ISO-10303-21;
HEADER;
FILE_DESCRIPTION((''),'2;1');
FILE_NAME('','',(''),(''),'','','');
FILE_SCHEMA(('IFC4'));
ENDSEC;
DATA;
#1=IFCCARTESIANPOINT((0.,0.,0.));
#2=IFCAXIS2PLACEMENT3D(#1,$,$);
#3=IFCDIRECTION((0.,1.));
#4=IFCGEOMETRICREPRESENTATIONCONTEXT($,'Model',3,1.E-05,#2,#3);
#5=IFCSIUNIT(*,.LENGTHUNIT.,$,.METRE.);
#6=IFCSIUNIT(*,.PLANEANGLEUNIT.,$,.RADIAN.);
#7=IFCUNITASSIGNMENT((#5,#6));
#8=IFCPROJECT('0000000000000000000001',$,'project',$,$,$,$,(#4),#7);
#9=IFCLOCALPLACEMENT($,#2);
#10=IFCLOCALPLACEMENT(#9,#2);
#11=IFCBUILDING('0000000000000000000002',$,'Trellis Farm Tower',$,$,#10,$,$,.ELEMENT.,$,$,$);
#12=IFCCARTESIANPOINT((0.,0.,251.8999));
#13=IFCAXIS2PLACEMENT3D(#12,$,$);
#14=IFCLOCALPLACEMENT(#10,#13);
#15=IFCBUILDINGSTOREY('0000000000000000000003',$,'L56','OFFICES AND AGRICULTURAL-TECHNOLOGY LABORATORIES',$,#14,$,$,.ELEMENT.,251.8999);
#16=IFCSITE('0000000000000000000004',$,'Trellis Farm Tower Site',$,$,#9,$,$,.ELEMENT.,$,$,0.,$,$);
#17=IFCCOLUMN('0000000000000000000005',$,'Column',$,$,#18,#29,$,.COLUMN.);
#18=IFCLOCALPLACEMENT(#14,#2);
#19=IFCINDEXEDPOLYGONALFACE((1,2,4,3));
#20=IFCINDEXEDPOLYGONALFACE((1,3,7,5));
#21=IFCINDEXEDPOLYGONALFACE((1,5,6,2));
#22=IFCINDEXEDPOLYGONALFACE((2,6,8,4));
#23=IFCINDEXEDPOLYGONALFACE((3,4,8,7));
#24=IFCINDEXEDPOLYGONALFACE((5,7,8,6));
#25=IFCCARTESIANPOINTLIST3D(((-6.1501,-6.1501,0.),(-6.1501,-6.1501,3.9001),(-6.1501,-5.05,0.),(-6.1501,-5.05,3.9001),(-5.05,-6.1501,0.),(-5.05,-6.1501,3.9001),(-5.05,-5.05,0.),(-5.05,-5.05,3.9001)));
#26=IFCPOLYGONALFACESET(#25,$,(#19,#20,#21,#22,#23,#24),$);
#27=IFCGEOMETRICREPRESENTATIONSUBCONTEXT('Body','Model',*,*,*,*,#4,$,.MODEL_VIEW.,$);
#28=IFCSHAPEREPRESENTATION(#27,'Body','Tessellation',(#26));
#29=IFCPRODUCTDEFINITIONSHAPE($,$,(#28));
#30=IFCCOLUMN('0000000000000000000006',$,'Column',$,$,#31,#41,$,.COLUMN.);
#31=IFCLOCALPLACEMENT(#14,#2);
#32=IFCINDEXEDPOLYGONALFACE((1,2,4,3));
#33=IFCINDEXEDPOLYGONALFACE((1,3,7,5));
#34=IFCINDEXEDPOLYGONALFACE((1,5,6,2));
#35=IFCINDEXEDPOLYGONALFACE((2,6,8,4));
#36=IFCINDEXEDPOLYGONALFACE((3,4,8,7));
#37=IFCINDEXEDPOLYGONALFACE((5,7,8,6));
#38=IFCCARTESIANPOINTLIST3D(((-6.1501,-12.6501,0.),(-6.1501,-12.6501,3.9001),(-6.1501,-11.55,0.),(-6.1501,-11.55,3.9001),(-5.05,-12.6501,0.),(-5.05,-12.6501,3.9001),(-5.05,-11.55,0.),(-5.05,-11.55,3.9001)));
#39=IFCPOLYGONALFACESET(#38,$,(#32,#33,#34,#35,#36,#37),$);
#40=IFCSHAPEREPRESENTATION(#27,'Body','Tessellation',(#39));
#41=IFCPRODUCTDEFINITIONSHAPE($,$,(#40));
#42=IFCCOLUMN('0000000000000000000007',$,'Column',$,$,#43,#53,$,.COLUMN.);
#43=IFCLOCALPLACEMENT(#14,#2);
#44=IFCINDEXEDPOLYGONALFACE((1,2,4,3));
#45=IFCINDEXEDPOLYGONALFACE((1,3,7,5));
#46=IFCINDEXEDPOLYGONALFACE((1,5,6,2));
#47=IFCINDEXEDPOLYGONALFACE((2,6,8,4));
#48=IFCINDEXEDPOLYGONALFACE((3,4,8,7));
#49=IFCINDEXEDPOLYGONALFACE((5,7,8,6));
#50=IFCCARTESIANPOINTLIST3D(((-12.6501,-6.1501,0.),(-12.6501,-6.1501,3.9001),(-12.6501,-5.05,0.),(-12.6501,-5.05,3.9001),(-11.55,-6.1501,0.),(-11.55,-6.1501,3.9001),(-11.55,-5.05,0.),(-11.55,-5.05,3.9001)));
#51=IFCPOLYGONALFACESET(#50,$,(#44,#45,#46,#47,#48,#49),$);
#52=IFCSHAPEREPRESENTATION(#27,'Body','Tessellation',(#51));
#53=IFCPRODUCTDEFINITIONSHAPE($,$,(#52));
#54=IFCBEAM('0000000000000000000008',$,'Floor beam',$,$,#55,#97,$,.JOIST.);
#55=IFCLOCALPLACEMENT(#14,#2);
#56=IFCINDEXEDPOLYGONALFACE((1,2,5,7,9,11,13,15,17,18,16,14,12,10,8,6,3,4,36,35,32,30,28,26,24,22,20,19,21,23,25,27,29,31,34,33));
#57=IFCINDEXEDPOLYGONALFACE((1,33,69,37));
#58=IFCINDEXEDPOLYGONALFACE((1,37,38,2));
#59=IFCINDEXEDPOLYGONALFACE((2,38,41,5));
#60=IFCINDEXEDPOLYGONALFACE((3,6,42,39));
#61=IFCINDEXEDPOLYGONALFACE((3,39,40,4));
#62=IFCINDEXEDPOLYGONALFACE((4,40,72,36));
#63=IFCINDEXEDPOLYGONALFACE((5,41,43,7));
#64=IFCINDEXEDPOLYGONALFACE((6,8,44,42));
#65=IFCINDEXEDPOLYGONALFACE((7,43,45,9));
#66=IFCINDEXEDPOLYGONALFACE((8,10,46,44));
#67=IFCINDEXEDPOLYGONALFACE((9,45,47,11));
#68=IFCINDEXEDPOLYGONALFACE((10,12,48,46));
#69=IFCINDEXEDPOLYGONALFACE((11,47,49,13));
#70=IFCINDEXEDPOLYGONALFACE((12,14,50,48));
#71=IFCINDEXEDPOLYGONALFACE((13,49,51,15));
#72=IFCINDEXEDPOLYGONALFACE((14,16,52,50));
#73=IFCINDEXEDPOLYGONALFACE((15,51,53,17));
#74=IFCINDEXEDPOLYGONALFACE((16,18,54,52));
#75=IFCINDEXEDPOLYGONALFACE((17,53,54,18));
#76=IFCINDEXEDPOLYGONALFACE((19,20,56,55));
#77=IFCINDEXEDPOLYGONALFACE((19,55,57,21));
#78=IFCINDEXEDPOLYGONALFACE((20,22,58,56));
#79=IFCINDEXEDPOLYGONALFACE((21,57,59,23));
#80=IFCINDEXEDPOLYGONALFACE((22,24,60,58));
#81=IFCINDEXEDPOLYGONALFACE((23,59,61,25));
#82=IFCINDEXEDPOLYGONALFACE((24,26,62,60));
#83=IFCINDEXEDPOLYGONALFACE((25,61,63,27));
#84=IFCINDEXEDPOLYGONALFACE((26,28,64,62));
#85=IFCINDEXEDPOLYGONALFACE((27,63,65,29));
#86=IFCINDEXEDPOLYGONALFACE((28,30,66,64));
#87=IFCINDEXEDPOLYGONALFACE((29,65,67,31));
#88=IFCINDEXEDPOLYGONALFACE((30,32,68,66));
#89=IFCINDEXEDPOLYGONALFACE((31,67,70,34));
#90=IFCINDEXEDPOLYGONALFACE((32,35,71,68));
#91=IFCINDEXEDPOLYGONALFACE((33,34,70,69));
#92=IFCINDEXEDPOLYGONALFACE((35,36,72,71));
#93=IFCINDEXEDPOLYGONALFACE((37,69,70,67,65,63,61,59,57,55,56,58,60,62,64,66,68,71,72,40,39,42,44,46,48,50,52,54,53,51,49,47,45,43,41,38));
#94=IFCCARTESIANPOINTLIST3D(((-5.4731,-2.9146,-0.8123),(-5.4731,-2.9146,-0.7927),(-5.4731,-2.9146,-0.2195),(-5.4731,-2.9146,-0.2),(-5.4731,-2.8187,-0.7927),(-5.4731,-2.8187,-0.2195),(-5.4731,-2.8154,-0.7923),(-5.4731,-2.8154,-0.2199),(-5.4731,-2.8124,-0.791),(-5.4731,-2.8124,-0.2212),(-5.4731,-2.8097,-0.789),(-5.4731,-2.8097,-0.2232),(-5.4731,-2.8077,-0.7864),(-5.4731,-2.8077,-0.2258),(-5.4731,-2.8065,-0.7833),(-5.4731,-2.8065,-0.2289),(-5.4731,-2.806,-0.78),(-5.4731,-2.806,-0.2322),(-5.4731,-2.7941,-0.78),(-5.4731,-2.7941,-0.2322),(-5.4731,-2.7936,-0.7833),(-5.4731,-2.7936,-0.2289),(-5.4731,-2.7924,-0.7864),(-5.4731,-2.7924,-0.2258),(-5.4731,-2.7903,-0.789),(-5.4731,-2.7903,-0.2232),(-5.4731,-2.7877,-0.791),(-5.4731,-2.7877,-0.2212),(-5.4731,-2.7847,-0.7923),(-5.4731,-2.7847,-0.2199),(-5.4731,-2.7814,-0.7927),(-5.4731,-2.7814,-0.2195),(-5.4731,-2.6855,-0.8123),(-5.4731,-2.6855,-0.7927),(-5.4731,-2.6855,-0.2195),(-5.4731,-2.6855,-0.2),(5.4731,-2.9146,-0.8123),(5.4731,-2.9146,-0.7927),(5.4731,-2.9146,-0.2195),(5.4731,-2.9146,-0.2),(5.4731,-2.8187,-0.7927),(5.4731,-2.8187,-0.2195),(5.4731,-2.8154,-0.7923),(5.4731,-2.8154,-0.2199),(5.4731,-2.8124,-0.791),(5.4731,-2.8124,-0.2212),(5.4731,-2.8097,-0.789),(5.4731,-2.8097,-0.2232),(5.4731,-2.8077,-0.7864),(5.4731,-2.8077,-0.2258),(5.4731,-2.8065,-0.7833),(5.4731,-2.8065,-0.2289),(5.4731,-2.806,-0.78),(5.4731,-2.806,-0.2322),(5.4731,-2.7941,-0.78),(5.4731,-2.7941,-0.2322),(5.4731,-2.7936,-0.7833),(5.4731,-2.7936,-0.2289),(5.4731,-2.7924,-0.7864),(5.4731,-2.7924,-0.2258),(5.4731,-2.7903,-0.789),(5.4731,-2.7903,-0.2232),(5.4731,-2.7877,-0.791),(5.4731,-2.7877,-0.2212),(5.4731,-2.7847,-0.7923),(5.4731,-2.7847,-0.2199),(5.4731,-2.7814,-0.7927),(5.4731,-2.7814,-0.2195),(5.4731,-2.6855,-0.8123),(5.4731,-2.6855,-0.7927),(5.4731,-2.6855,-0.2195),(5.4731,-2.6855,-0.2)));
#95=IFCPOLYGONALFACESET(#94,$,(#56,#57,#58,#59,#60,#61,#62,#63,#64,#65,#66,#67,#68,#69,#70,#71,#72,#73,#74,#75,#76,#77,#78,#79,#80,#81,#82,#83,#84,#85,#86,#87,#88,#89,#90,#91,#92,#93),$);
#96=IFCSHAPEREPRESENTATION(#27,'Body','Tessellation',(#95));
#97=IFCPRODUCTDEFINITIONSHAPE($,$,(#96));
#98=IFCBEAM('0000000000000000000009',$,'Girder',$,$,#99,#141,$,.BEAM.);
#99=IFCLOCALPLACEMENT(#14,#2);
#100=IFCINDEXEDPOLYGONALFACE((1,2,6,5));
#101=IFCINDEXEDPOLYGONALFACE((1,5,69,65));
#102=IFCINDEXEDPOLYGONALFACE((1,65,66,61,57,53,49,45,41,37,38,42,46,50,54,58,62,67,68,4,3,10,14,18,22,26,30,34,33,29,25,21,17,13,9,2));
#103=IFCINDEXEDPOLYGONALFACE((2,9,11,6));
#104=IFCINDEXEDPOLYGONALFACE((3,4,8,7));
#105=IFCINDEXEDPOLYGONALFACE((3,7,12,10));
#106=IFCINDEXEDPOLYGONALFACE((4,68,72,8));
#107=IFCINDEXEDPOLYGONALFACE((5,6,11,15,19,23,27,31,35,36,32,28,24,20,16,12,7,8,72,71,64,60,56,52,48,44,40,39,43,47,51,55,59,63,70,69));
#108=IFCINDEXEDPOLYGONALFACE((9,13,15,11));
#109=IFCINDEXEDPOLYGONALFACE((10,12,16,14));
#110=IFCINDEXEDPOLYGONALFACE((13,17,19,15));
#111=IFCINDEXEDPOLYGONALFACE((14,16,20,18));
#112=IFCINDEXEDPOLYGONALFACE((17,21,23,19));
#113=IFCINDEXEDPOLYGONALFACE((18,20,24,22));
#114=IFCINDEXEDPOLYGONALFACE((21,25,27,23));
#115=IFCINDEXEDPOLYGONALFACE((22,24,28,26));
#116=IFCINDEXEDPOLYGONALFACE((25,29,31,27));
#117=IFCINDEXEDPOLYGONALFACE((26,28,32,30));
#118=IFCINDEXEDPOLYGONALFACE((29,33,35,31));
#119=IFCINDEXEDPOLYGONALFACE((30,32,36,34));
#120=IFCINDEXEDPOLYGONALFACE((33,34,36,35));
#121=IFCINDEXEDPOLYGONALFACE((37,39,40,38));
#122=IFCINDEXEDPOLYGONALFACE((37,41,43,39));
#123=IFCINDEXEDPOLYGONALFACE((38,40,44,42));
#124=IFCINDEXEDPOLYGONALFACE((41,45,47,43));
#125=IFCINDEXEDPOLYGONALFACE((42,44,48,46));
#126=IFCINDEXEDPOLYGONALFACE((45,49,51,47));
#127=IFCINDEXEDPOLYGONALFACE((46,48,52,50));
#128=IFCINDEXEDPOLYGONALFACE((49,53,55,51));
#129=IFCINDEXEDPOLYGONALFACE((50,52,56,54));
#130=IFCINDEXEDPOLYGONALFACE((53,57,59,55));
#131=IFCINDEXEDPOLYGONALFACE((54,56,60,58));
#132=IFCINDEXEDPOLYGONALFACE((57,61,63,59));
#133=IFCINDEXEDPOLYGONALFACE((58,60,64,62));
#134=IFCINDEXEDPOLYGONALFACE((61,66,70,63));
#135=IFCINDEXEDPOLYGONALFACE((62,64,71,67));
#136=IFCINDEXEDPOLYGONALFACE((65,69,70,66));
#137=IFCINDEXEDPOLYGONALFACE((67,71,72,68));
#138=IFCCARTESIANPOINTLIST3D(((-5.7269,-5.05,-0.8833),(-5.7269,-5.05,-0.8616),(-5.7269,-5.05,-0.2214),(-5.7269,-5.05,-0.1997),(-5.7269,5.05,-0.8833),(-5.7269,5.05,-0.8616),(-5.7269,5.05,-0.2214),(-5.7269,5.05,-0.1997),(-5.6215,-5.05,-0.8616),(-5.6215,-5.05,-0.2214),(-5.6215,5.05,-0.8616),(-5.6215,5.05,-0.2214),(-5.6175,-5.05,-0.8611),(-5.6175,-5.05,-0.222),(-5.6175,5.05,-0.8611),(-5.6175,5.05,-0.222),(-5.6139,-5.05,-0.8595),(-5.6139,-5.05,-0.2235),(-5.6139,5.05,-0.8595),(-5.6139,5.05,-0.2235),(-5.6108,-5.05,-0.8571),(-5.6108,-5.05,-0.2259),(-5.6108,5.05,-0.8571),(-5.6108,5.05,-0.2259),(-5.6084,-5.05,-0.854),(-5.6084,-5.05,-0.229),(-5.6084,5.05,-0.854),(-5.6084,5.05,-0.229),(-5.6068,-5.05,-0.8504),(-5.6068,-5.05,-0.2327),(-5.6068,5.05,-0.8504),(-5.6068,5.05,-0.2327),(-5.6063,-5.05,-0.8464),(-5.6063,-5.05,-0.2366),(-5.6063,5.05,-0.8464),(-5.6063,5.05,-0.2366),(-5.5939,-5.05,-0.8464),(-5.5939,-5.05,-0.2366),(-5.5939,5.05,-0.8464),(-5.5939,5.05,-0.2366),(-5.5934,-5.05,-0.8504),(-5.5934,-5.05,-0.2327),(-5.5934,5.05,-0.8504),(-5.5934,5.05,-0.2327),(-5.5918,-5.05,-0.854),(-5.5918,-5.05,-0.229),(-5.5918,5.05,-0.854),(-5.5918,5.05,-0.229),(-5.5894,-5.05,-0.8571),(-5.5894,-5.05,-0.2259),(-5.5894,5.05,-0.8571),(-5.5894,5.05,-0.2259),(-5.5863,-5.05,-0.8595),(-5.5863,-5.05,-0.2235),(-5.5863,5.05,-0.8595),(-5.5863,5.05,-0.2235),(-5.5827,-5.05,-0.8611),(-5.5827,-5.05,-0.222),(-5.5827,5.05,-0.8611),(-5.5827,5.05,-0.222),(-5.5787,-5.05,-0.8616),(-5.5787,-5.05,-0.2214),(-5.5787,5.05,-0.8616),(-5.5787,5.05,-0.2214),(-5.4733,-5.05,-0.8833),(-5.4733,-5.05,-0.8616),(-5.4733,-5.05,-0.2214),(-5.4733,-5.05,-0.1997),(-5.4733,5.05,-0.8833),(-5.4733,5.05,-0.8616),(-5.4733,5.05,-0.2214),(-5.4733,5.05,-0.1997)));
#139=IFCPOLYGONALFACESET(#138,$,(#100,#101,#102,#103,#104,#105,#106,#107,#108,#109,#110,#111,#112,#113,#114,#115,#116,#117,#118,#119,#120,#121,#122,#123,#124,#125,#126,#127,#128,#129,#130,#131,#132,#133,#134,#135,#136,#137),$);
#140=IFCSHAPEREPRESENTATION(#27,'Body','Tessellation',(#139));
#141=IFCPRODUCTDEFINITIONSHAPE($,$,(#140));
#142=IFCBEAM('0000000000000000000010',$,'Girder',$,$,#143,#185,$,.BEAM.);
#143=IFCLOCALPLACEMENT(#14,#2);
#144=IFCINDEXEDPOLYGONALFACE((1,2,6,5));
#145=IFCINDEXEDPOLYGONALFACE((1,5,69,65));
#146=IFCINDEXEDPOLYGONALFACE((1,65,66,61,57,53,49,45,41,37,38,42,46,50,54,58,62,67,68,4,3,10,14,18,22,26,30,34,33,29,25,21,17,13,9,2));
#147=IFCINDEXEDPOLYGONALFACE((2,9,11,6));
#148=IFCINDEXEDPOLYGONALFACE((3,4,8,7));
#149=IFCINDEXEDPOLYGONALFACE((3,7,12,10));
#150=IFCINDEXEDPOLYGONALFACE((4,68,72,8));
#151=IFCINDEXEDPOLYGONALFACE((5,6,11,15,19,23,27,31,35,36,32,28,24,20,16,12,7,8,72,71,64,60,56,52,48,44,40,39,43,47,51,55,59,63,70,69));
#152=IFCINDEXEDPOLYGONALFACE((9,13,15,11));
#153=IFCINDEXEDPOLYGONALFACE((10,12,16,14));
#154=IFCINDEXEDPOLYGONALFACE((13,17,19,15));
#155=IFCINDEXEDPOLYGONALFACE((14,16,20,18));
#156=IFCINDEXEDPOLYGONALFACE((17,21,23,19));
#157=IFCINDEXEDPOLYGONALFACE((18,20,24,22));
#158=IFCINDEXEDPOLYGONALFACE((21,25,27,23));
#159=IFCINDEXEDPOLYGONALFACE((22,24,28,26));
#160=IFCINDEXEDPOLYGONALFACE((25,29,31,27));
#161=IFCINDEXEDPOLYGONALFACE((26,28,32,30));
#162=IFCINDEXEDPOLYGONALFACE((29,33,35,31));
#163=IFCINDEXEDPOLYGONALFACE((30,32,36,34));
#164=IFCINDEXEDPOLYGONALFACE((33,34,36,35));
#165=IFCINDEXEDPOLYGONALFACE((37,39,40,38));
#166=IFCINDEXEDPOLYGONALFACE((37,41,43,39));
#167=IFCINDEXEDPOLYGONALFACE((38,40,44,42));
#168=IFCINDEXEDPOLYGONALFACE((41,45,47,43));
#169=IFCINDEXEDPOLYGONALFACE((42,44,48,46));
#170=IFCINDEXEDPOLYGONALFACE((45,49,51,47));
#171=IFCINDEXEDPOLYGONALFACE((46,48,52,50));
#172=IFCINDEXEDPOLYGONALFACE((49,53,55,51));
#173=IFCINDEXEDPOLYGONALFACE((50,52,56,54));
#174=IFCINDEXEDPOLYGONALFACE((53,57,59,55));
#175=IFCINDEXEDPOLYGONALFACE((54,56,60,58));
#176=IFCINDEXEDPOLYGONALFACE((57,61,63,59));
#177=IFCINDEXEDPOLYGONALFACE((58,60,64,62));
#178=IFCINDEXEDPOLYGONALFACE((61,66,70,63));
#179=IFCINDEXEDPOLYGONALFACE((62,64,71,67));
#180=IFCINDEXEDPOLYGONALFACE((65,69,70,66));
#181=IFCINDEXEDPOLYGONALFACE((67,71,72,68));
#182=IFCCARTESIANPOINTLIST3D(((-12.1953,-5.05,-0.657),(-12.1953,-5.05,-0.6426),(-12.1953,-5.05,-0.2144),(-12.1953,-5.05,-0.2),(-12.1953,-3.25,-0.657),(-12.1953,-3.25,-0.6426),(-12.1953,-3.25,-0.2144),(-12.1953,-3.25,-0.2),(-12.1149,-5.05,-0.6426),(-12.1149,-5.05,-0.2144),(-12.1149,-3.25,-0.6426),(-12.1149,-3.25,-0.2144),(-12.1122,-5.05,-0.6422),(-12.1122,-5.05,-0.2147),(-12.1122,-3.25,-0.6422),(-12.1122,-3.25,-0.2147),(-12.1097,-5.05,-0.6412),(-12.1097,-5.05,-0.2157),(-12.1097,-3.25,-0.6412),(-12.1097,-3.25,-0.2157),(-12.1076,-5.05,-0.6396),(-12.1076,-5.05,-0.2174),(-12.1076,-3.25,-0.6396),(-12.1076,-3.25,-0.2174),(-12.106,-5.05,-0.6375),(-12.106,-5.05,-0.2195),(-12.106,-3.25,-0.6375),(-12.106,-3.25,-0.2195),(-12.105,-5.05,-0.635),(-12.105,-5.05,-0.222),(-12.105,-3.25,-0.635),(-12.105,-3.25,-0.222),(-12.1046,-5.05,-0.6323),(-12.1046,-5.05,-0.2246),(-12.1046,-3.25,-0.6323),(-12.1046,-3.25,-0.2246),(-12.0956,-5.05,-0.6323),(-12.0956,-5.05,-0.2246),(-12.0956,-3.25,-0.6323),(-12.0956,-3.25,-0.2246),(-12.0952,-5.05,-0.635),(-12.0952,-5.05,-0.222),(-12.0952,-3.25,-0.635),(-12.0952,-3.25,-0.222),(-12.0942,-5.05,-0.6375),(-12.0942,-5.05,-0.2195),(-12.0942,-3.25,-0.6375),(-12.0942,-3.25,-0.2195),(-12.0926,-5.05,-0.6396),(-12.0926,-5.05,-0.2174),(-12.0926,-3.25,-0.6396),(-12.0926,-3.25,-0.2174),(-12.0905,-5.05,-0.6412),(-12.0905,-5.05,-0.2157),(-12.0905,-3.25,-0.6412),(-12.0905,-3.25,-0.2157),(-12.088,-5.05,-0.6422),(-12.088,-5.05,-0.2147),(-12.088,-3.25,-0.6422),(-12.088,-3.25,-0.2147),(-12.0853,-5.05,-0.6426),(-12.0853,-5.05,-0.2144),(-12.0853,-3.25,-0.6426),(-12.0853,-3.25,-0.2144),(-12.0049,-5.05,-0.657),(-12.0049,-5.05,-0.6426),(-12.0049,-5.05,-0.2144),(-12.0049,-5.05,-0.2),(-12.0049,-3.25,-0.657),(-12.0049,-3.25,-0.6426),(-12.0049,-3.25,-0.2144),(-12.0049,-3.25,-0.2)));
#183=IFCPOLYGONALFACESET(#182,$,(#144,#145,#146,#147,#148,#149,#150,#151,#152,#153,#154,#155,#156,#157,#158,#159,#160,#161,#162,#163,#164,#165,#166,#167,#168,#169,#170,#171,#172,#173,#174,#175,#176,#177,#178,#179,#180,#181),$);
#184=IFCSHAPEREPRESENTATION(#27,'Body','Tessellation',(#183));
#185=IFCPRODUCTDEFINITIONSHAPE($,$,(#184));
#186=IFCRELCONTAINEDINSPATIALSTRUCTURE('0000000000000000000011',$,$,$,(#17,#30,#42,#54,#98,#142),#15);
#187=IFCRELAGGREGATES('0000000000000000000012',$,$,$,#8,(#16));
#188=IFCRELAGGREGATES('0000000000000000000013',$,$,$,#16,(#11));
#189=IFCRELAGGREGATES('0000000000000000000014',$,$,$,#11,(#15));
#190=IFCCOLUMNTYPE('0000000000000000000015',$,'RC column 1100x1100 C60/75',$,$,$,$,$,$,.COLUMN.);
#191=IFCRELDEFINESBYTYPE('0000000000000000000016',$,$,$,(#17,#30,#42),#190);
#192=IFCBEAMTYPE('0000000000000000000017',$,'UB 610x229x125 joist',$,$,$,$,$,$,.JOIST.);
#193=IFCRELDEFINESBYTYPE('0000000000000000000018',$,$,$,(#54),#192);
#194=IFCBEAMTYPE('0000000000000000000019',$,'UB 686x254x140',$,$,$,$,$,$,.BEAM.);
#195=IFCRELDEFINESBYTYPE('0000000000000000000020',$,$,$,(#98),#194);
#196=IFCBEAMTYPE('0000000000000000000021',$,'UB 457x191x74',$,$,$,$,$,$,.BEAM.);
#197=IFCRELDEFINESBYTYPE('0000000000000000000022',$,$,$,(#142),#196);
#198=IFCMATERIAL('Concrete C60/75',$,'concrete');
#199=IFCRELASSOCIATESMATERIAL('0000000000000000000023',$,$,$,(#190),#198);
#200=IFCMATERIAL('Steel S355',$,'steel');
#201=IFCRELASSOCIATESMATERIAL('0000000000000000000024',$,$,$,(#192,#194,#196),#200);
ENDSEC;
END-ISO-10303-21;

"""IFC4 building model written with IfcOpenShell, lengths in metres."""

from ifc_helpers import new_model, si_unit, direction, frame, origin, origin_2d, place, context, subcontext, project, spatial, rectangle, i_section, extrude, source, transform, mapped, material, material_profile, profile_set, type_object, element, save


model = new_model("IFC4")

# Units and contexts
model_context = context("Model", 3, precision=1e-05, world=origin(), true_north=direction((0.0, 1.0)))
body_context = subcontext(model_context, "Body", "Model", "MODEL_VIEW")
ifc_project = project(units=[si_unit("LENGTHUNIT", "METRE"), si_unit("PLANEANGLEUNIT", "RADIAN")], contexts=[model_context])

# Site, building, storey
site_placement = place(None, origin())
site = spatial("IfcSite", under=ifc_project, at=site_placement, Name="Trellis Farm Tower Site", CompositionType="ELEMENT", RefElevation=0.0)
building_placement = place(site_placement, origin())
building = spatial("IfcBuilding", under=site, at=building_placement, Name="Trellis Farm Tower", CompositionType="ELEMENT")
storey_placement = place(building_placement, frame((0.0, 0.0, 251.8999)))
storey = spatial("IfcBuildingStorey", under=building, at=storey_placement, Name="L56", Description="OFFICES AND AGRICULTURAL-TECHNOLOGY LABORATORIES", CompositionType="ELEMENT", Elevation=251.8999)

# Columns
ifc_material_1 = material(Name="Concrete C60/75", Category="concrete")
ifc_material_profile_1 = material_profile(ifc_material_1, rectangle(XDim=1.1001, YDim=1.1001, at=origin_2d()), Name="RC column 1100x1100 C60/75")
ifc_profile_set_1 = profile_set([ifc_material_profile_1], Name="Concrete C60/75")
column_type = type_object("IfcColumnType", Name="RC column 1100x1100 C60/75", PredefinedType="COLUMN", material=ifc_profile_set_1)
shared_shape_1 = source(origin(), body_context, "Body", "SweptSolid", [
    extrude(rectangle(XDim=1.1001, YDim=1.1001, at=origin_2d()), origin(), (0.0, 0.0, 1.0), 3.9001),
])
for number, where, z_axis, x_axis, name in (
    (1, (-5.6001, -5.6001, 0.0), (0.0, 0.0, 1.0), (1.0, 0.0, 0.0), "Column"),
    (2, (-5.6001, -12.1001, 0.0), (0.0, 0.0, 1.0), (1.0, 0.0, 0.0), "Column"),
    (3, (-12.1001, -5.6001, 0.0), (0.0, 0.0, 1.0), (1.0, 0.0, 0.0), "Column"),
):
    element("IfcColumn", number, at=place(storey_placement, frame(where, z_axis=z_axis, x_axis=x_axis)), inside=storey, type_object=column_type, Name=name, PredefinedType="COLUMN", context=body_context, shape_type="MappedRepresentation", body=[
        mapped(shared_shape_1, transform((0.0, 0.0, 0.0))),
    ])

# Beams
ifc_material_2 = material(Name="Steel S355", Category="steel")
ifc_material_profile_2 = material_profile(ifc_material_2, i_section(OverallWidth=0.229, OverallDepth=0.6123, WebThickness=0.012, FlangeThickness=0.0195, FilletRadius=0.0127, at=origin_2d()), Name="UB 610x229x125")
ifc_profile_set_2 = profile_set([ifc_material_profile_2], Name="Steel S355")
beam_type_1 = type_object("IfcBeamType", Name="UB 610x229x125 joist", PredefinedType="JOIST", material=ifc_profile_set_2)
shared_shape_2 = source(origin(), body_context, "Body", "SweptSolid", [
    extrude(i_section(OverallWidth=0.229, OverallDepth=0.6123, WebThickness=0.012, FlangeThickness=0.0195, FilletRadius=0.0127, at=origin_2d()), origin(), (0.0, 0.0, 1.0), 10.9463),
])
beam_1_placement = place(storey_placement, frame((-5.4731, -2.8, -0.5061), z_axis=(1.0, 0.0, 0.0), x_axis=(0.0, 1.0, 0.0)))
element("IfcBeam", 4, at=beam_1_placement, inside=storey, type_object=beam_type_1, Name="Floor beam", PredefinedType="JOIST", context=body_context, shape_type="MappedRepresentation", body=[
    mapped(shared_shape_2, transform((0.0, 0.0, 0.0))),
])
ifc_material_profile_3 = material_profile(ifc_material_2, i_section(OverallWidth=0.2537, OverallDepth=0.6836, WebThickness=0.0125, FlangeThickness=0.0217, FilletRadius=0.0151, at=origin_2d()), Name="UB 686x254x140")
ifc_profile_set_3 = profile_set([ifc_material_profile_3], Name="Steel S355")
beam_type_2 = type_object("IfcBeamType", Name="UB 686x254x140", PredefinedType="BEAM", material=ifc_profile_set_3)
shared_shape_3 = source(origin(), body_context, "Body", "SweptSolid", [
    extrude(i_section(OverallWidth=0.2537, OverallDepth=0.6836, WebThickness=0.0125, FlangeThickness=0.0217, FilletRadius=0.0151, at=origin_2d()), origin(), (0.0, 0.0, 1.0), 10.1001),
])
beam_2_placement = place(storey_placement, frame((-5.6001, -5.05, -0.5415), z_axis=(0.0, 1.0, 0.0), x_axis=(-1.0, 0.0, 0.0)))
element("IfcBeam", 5, at=beam_2_placement, inside=storey, type_object=beam_type_2, Name="Girder", PredefinedType="BEAM", context=body_context, shape_type="MappedRepresentation", body=[
    mapped(shared_shape_3, transform((0.0, 0.0, 0.0))),
])
ifc_material_profile_4 = material_profile(ifc_material_2, i_section(OverallWidth=0.1904, OverallDepth=0.457, WebThickness=0.009, FlangeThickness=0.0144, FilletRadius=0.0103, at=origin_2d()), Name="UB 457x191x74")
ifc_profile_set_4 = profile_set([ifc_material_profile_4], Name="Steel S355")
beam_type_3 = type_object("IfcBeamType", Name="UB 457x191x74", PredefinedType="BEAM", material=ifc_profile_set_4)
shared_shape_4 = source(origin(), body_context, "Body", "SweptSolid", [
    extrude(i_section(OverallWidth=0.1904, OverallDepth=0.457, WebThickness=0.009, FlangeThickness=0.0144, FilletRadius=0.0103, at=origin_2d()), origin(), (0.0, 0.0, 1.0), 1.8),
])
beam_3_placement = place(storey_placement, frame((-12.1001, -5.05, -0.4285), z_axis=(0.0, 1.0, 0.0), x_axis=(-1.0, 0.0, 0.0)))
element("IfcBeam", 6, at=beam_3_placement, inside=storey, type_object=beam_type_3, Name="Girder", PredefinedType="BEAM", context=body_context, shape_type="MappedRepresentation", body=[
    mapped(shared_shape_4, transform((0.0, 0.0, 0.0))),
])

save(model, "model.ifc")
